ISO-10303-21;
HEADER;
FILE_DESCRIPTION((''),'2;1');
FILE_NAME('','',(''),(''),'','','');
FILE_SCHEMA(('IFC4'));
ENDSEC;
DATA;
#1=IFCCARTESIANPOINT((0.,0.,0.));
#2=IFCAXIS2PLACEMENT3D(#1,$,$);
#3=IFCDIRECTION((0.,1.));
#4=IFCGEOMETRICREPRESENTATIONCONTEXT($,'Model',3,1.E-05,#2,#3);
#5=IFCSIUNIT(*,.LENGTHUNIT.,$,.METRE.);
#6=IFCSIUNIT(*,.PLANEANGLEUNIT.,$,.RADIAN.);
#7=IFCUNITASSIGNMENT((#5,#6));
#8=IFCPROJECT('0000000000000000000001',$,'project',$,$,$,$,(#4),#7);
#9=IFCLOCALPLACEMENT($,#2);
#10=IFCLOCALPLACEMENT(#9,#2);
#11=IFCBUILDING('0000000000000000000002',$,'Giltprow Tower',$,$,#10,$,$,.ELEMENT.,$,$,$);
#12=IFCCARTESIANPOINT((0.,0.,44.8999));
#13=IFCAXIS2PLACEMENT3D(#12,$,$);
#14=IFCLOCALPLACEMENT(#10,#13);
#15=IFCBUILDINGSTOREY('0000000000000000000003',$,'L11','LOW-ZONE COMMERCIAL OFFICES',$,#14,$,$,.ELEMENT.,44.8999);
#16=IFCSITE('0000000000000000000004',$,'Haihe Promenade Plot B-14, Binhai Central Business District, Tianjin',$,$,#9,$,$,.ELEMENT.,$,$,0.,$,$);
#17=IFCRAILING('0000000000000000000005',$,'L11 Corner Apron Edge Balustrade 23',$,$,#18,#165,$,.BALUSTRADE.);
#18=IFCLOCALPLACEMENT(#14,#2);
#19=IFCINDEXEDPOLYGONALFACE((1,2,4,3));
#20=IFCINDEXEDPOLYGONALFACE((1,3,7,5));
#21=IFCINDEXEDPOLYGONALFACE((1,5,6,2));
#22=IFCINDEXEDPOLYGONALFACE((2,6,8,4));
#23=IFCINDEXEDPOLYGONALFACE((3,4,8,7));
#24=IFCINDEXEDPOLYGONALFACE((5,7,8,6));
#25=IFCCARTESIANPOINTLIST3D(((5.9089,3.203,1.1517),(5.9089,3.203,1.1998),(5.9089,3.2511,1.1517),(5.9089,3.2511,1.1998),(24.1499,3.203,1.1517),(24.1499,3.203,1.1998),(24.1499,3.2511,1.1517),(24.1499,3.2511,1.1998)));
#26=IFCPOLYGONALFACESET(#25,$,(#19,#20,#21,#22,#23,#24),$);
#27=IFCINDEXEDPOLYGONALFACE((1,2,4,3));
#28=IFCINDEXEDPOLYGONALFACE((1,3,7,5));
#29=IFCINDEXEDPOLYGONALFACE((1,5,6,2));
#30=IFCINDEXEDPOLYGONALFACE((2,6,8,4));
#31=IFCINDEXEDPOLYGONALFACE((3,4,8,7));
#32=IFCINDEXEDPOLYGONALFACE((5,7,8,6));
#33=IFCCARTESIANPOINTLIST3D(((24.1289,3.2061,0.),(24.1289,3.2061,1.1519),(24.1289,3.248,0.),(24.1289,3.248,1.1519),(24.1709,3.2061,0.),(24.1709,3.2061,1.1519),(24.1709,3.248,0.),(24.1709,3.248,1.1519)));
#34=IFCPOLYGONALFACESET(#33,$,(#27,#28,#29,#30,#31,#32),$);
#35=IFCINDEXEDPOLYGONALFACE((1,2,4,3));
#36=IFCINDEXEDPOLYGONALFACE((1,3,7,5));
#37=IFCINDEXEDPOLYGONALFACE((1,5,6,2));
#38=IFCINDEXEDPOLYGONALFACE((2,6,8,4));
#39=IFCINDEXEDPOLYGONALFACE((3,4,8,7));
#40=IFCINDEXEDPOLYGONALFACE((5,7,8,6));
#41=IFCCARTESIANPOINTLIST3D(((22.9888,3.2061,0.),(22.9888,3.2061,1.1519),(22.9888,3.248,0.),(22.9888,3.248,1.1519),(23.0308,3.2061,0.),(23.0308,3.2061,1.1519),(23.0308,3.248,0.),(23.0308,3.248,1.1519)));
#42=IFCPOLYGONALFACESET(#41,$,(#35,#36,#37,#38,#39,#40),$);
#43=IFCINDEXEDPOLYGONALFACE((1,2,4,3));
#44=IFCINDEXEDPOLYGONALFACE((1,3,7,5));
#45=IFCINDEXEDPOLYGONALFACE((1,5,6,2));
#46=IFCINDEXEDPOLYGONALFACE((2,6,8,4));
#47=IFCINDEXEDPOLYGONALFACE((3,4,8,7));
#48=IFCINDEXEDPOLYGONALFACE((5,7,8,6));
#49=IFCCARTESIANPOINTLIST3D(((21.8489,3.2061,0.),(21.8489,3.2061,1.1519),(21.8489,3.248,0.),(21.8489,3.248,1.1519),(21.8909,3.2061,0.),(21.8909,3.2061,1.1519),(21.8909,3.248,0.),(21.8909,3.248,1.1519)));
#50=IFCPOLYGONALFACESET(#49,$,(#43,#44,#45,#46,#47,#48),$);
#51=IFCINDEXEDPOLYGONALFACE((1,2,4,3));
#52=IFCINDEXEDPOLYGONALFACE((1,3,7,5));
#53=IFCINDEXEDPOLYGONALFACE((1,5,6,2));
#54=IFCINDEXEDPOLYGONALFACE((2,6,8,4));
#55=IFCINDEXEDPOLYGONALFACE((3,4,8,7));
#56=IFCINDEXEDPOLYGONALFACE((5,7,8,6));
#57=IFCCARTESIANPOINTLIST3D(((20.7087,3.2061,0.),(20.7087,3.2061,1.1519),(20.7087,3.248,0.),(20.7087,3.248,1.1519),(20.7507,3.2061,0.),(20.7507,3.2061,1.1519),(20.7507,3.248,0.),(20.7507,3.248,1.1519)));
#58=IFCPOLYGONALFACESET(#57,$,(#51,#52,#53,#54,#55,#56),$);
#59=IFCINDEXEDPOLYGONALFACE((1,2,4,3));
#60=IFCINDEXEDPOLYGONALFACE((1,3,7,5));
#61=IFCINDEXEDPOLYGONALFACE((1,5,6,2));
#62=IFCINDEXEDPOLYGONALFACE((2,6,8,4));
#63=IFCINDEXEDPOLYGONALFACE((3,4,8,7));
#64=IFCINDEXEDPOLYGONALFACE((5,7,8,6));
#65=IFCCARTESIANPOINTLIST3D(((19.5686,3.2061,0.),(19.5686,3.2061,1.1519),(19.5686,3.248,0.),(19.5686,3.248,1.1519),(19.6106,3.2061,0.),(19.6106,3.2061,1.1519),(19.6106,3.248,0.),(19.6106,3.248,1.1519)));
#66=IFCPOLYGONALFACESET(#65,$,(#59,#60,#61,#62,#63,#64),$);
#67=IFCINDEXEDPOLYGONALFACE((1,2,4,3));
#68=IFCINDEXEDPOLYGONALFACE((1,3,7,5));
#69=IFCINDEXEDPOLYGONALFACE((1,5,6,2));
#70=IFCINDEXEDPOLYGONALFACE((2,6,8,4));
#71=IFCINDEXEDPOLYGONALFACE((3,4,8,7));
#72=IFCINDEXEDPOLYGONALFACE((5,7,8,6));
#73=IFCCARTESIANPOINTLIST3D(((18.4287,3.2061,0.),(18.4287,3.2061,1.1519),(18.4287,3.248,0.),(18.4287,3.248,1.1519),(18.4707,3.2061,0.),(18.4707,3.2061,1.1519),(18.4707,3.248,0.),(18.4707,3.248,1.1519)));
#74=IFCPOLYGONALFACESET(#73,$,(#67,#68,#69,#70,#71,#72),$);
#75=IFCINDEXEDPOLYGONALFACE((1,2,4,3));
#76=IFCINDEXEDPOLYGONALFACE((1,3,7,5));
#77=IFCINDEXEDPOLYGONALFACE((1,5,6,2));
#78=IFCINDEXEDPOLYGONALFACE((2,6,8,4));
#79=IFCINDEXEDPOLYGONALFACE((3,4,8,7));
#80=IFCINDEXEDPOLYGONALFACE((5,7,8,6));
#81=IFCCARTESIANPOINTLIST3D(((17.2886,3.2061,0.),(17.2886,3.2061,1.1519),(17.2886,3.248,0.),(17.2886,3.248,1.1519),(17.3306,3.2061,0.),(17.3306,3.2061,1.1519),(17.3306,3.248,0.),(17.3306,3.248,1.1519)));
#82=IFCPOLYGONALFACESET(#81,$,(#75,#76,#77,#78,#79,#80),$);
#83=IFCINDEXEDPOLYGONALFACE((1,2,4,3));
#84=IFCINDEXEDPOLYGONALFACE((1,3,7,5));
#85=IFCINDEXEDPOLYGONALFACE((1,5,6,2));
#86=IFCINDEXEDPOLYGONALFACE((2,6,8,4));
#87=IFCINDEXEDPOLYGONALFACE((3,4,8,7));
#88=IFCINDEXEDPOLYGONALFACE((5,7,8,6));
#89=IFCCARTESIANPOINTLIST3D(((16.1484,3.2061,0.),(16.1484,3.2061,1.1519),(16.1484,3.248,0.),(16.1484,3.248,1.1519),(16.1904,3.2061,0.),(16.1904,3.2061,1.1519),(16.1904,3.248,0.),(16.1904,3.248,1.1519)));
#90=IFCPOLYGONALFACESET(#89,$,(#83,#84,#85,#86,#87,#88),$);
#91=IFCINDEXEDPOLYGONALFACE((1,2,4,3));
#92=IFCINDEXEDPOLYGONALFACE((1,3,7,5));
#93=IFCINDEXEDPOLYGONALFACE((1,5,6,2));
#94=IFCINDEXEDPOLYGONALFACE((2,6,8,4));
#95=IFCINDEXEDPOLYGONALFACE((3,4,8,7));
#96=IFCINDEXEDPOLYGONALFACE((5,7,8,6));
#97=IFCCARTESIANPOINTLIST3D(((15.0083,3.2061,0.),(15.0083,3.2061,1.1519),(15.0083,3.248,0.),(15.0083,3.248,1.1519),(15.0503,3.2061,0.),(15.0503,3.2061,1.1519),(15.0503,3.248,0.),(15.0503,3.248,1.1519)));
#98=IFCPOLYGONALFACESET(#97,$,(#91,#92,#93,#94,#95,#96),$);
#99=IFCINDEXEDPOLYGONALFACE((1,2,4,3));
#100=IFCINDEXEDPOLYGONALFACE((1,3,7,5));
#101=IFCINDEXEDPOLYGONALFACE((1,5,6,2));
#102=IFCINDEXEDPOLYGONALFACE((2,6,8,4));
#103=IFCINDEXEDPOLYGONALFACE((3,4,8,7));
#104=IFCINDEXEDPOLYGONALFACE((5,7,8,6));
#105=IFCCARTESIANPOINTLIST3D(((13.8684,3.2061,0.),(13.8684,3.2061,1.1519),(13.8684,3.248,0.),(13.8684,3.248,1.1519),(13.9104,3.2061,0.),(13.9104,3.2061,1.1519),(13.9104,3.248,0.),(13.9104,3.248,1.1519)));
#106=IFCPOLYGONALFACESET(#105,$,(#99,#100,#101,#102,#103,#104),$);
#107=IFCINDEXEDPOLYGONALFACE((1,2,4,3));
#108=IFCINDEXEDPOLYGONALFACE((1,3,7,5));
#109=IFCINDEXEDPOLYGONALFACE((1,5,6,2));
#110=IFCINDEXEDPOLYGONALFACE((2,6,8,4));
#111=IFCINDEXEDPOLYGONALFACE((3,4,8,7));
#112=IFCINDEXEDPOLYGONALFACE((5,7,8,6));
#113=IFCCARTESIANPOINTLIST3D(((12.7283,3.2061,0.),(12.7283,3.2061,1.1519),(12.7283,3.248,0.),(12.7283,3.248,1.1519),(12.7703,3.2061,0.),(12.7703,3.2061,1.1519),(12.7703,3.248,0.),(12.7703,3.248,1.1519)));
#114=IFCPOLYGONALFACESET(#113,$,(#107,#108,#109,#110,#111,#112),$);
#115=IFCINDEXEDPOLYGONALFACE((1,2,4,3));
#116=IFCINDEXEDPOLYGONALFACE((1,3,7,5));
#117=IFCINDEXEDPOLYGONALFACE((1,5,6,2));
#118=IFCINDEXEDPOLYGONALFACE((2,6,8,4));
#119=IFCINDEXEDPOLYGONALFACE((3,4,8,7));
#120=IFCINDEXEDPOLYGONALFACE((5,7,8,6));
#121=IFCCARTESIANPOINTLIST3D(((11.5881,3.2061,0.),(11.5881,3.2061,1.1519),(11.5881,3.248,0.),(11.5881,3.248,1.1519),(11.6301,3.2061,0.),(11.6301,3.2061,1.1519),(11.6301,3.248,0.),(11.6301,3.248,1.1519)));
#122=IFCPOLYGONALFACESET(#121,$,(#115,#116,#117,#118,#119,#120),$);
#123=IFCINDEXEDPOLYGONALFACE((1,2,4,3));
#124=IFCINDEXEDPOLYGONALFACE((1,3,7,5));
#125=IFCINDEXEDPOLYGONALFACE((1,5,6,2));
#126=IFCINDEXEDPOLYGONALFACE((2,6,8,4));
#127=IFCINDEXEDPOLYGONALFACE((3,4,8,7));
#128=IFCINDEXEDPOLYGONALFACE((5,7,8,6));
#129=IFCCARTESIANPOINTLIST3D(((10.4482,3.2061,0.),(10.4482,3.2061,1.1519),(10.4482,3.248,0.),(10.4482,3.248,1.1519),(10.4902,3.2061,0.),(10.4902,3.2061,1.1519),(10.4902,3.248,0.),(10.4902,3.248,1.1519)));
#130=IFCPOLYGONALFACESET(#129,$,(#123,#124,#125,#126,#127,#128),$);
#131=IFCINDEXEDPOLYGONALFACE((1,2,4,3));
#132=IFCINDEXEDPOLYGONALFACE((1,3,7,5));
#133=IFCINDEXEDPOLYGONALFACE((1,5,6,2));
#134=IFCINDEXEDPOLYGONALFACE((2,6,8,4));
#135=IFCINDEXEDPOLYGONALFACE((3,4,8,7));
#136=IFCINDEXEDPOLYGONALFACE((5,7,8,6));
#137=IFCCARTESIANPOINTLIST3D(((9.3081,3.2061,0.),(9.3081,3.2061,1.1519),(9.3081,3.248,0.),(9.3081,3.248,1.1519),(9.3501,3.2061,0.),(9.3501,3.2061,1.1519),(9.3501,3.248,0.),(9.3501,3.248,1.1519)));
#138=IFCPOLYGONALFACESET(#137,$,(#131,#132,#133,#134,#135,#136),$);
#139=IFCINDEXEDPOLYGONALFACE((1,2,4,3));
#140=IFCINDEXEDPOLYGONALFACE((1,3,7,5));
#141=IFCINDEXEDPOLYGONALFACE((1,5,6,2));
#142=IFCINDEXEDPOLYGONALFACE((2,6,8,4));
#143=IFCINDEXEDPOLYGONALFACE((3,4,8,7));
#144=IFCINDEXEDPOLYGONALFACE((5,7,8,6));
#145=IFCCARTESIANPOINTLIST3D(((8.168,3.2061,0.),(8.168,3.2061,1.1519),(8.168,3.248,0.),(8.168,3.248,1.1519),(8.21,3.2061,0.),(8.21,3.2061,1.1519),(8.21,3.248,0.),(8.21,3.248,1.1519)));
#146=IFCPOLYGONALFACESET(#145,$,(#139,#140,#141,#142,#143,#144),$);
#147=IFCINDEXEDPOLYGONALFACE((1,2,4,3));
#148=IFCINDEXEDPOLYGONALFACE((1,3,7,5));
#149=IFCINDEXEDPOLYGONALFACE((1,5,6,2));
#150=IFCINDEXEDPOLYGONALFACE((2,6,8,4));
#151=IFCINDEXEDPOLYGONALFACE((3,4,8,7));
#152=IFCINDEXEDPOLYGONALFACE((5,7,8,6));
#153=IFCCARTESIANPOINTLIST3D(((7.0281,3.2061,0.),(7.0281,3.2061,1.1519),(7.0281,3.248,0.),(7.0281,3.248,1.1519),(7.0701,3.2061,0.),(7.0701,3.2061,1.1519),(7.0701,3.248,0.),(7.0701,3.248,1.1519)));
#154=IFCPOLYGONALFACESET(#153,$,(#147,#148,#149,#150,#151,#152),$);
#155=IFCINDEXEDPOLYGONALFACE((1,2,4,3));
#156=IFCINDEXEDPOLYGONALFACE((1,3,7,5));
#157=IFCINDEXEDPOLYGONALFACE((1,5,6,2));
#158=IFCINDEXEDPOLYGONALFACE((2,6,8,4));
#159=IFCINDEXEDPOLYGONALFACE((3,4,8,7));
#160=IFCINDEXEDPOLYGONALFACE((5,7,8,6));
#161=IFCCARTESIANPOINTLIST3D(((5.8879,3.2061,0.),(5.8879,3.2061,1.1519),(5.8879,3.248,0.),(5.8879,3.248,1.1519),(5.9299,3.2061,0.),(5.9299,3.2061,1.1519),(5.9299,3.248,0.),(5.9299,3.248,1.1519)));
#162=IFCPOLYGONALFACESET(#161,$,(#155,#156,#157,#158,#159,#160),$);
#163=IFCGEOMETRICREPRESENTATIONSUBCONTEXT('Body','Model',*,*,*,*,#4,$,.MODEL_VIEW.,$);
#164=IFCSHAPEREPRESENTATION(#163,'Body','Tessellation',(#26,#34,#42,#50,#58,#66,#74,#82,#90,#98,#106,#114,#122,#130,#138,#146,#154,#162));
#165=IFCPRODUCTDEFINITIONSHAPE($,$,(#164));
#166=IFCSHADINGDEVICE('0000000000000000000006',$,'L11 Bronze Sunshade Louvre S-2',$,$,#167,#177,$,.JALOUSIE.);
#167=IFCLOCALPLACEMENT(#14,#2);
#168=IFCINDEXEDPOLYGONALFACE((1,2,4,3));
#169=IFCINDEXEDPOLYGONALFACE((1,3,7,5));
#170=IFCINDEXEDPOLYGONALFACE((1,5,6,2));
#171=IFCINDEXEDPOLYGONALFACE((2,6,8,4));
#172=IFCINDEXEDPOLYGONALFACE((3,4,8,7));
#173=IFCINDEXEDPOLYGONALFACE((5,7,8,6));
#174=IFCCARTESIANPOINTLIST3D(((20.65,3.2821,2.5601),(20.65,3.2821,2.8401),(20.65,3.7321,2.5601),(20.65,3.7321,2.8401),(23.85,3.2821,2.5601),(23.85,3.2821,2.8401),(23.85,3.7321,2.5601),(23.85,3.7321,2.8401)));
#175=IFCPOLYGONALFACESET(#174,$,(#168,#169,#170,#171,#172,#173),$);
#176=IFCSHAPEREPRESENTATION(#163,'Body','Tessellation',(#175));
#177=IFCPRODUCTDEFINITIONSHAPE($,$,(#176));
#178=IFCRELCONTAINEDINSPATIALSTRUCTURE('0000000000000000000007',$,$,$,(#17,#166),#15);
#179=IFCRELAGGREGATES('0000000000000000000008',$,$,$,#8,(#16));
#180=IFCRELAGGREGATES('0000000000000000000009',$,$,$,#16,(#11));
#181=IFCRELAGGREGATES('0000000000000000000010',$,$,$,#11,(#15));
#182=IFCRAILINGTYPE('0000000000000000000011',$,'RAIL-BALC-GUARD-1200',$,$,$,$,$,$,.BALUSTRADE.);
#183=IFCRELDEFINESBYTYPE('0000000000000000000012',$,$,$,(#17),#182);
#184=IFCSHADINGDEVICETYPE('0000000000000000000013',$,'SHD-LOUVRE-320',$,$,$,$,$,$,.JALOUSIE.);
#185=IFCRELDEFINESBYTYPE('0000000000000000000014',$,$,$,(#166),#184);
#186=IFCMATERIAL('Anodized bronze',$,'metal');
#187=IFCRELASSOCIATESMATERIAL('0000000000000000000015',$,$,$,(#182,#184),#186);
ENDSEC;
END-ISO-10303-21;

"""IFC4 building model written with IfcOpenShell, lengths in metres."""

from ifc_helpers import new_model, si_unit, direction, frame, origin, origin_2d, place, context, subcontext, project, spatial, rectangle, extrude, source, transform, mapped, material, type_object, element, save


model = new_model("IFC4")

# Units and contexts
model_context = context("Model", 3, precision=1e-05, world=origin(), true_north=direction((0.0, 1.0)))
body_context = subcontext(model_context, "Body", "Model", "MODEL_VIEW")
ifc_project = project(units=[si_unit("LENGTHUNIT", "METRE"), si_unit("PLANEANGLEUNIT", "RADIAN")], contexts=[model_context])

# Site, building, storey
site_placement = place(None, origin())
site = spatial("IfcSite", under=ifc_project, at=site_placement, Name="Haihe Promenade Plot B-14, Binhai Central Business District, Tianjin", CompositionType="ELEMENT", RefElevation=0.0)
building_placement = place(site_placement, origin())
building = spatial("IfcBuilding", under=site, at=building_placement, Name="Giltprow Tower", CompositionType="ELEMENT")
storey_placement = place(building_placement, frame((0.0, 0.0, 44.8999)))
storey = spatial("IfcBuildingStorey", under=building, at=storey_placement, Name="L11", Description="LOW-ZONE COMMERCIAL OFFICES", CompositionType="ELEMENT", Elevation=44.8999)

# Railing
ifc_material_1 = material(Name="Anodized bronze", Category="metal")
railing_type = type_object("IfcRailingType", Name="RAIL-BALC-GUARD-1200", PredefinedType="BALUSTRADE", material=ifc_material_1)
railing_1_placement = place(storey_placement, frame((24.1499, 3.2271, 0.0)))
element("IfcRailing", 1, at=railing_1_placement, inside=storey, type_object=railing_type, Name="L11 Corner Apron Edge Balustrade 23", PredefinedType="BALUSTRADE", context=body_context, shape_type="SweptSolid", body=[
    extrude(rectangle(XDim=0.0481, YDim=0.0481, at=origin_2d()), frame((0.0, 0.0, 1.1758), z_axis=(-1.0, 0.0, 0.0), x_axis=(0.0, -1.0, 0.0)), (0.0, 0.0, 1.0), 18.241),
    extrude(rectangle(XDim=0.042, YDim=0.042, at=origin_2d()), origin(), (0.0, 0.0, 1.0), 1.1519),
    extrude(rectangle(XDim=0.042, YDim=0.042, at=origin_2d()), frame((-1.1401, 0.0, 0.0)), (0.0, 0.0, 1.0), 1.1519),
    extrude(rectangle(XDim=0.042, YDim=0.042, at=origin_2d()), frame((-2.28, 0.0, 0.0)), (0.0, 0.0, 1.0), 1.1519),
    extrude(rectangle(XDim=0.042, YDim=0.042, at=origin_2d()), frame((-3.4202, 0.0, 0.0)), (0.0, 0.0, 1.0), 1.1519),
    extrude(rectangle(XDim=0.042, YDim=0.042, at=origin_2d()), frame((-4.5603, 0.0, 0.0)), (0.0, 0.0, 1.0), 1.1519),
    extrude(rectangle(XDim=0.042, YDim=0.042, at=origin_2d()), frame((-5.7002, 0.0, 0.0)), (0.0, 0.0, 1.0), 1.1519),
    extrude(rectangle(XDim=0.042, YDim=0.042, at=origin_2d()), frame((-6.8403, 0.0, 0.0)), (0.0, 0.0, 1.0), 1.1519),
    extrude(rectangle(XDim=0.042, YDim=0.042, at=origin_2d()), frame((-7.9805, 0.0, 0.0)), (0.0, 0.0, 1.0), 1.1519),
    extrude(rectangle(XDim=0.042, YDim=0.042, at=origin_2d()), frame((-9.1206, 0.0, 0.0)), (0.0, 0.0, 1.0), 1.1519),
    extrude(rectangle(XDim=0.042, YDim=0.042, at=origin_2d()), frame((-10.2605, 0.0, 0.0)), (0.0, 0.0, 1.0), 1.1519),
    extrude(rectangle(XDim=0.042, YDim=0.042, at=origin_2d()), frame((-11.4006, 0.0, 0.0)), (0.0, 0.0, 1.0), 1.1519),
    extrude(rectangle(XDim=0.042, YDim=0.042, at=origin_2d()), frame((-12.5408, 0.0, 0.0)), (0.0, 0.0, 1.0), 1.1519),
    extrude(rectangle(XDim=0.042, YDim=0.042, at=origin_2d()), frame((-13.6807, 0.0, 0.0)), (0.0, 0.0, 1.0), 1.1519),
    extrude(rectangle(XDim=0.042, YDim=0.042, at=origin_2d()), frame((-14.8208, 0.0, 0.0)), (0.0, 0.0, 1.0), 1.1519),
    extrude(rectangle(XDim=0.042, YDim=0.042, at=origin_2d()), frame((-15.9609, 0.0, 0.0)), (0.0, 0.0, 1.0), 1.1519),
    extrude(rectangle(XDim=0.042, YDim=0.042, at=origin_2d()), frame((-17.1008, 0.0, 0.0)), (0.0, 0.0, 1.0), 1.1519),
    extrude(rectangle(XDim=0.042, YDim=0.042, at=origin_2d()), frame((-18.241, 0.0, 0.0)), (0.0, 0.0, 1.0), 1.1519),
])

# Shading device
shading_device_type = type_object("IfcShadingDeviceType", Name="SHD-LOUVRE-320", PredefinedType="JALOUSIE", material=ifc_material_1)
shared_shape_1 = source(origin(), body_context, "Body", "SweptSolid", [
    extrude(rectangle(XDim=3.2, YDim=0.45, at=origin_2d()), origin(), (0.0, 0.0, 1.0), 0.28),
])
shading_device_placement = place(storey_placement, frame((22.25, 3.5071, 2.5601), z_axis=(0.0, 0.0, 1.0), x_axis=(1.0, 0.0, 0.0)))
element("IfcShadingDevice", 2, at=shading_device_placement, inside=storey, type_object=shading_device_type, Name="L11 Bronze Sunshade Louvre S-2", PredefinedType="JALOUSIE", context=body_context, shape_type="MappedRepresentation", body=[
    mapped(shared_shape_1, transform((0.0, 0.0, 0.0), x_axis=(1.0, 0.0, 0.0), y_axis=(0.0, 1.0, 0.0), z_axis=(0.0, 0.0, 1.0), scale=1.0)),
])

save(model, "model.ifc")
